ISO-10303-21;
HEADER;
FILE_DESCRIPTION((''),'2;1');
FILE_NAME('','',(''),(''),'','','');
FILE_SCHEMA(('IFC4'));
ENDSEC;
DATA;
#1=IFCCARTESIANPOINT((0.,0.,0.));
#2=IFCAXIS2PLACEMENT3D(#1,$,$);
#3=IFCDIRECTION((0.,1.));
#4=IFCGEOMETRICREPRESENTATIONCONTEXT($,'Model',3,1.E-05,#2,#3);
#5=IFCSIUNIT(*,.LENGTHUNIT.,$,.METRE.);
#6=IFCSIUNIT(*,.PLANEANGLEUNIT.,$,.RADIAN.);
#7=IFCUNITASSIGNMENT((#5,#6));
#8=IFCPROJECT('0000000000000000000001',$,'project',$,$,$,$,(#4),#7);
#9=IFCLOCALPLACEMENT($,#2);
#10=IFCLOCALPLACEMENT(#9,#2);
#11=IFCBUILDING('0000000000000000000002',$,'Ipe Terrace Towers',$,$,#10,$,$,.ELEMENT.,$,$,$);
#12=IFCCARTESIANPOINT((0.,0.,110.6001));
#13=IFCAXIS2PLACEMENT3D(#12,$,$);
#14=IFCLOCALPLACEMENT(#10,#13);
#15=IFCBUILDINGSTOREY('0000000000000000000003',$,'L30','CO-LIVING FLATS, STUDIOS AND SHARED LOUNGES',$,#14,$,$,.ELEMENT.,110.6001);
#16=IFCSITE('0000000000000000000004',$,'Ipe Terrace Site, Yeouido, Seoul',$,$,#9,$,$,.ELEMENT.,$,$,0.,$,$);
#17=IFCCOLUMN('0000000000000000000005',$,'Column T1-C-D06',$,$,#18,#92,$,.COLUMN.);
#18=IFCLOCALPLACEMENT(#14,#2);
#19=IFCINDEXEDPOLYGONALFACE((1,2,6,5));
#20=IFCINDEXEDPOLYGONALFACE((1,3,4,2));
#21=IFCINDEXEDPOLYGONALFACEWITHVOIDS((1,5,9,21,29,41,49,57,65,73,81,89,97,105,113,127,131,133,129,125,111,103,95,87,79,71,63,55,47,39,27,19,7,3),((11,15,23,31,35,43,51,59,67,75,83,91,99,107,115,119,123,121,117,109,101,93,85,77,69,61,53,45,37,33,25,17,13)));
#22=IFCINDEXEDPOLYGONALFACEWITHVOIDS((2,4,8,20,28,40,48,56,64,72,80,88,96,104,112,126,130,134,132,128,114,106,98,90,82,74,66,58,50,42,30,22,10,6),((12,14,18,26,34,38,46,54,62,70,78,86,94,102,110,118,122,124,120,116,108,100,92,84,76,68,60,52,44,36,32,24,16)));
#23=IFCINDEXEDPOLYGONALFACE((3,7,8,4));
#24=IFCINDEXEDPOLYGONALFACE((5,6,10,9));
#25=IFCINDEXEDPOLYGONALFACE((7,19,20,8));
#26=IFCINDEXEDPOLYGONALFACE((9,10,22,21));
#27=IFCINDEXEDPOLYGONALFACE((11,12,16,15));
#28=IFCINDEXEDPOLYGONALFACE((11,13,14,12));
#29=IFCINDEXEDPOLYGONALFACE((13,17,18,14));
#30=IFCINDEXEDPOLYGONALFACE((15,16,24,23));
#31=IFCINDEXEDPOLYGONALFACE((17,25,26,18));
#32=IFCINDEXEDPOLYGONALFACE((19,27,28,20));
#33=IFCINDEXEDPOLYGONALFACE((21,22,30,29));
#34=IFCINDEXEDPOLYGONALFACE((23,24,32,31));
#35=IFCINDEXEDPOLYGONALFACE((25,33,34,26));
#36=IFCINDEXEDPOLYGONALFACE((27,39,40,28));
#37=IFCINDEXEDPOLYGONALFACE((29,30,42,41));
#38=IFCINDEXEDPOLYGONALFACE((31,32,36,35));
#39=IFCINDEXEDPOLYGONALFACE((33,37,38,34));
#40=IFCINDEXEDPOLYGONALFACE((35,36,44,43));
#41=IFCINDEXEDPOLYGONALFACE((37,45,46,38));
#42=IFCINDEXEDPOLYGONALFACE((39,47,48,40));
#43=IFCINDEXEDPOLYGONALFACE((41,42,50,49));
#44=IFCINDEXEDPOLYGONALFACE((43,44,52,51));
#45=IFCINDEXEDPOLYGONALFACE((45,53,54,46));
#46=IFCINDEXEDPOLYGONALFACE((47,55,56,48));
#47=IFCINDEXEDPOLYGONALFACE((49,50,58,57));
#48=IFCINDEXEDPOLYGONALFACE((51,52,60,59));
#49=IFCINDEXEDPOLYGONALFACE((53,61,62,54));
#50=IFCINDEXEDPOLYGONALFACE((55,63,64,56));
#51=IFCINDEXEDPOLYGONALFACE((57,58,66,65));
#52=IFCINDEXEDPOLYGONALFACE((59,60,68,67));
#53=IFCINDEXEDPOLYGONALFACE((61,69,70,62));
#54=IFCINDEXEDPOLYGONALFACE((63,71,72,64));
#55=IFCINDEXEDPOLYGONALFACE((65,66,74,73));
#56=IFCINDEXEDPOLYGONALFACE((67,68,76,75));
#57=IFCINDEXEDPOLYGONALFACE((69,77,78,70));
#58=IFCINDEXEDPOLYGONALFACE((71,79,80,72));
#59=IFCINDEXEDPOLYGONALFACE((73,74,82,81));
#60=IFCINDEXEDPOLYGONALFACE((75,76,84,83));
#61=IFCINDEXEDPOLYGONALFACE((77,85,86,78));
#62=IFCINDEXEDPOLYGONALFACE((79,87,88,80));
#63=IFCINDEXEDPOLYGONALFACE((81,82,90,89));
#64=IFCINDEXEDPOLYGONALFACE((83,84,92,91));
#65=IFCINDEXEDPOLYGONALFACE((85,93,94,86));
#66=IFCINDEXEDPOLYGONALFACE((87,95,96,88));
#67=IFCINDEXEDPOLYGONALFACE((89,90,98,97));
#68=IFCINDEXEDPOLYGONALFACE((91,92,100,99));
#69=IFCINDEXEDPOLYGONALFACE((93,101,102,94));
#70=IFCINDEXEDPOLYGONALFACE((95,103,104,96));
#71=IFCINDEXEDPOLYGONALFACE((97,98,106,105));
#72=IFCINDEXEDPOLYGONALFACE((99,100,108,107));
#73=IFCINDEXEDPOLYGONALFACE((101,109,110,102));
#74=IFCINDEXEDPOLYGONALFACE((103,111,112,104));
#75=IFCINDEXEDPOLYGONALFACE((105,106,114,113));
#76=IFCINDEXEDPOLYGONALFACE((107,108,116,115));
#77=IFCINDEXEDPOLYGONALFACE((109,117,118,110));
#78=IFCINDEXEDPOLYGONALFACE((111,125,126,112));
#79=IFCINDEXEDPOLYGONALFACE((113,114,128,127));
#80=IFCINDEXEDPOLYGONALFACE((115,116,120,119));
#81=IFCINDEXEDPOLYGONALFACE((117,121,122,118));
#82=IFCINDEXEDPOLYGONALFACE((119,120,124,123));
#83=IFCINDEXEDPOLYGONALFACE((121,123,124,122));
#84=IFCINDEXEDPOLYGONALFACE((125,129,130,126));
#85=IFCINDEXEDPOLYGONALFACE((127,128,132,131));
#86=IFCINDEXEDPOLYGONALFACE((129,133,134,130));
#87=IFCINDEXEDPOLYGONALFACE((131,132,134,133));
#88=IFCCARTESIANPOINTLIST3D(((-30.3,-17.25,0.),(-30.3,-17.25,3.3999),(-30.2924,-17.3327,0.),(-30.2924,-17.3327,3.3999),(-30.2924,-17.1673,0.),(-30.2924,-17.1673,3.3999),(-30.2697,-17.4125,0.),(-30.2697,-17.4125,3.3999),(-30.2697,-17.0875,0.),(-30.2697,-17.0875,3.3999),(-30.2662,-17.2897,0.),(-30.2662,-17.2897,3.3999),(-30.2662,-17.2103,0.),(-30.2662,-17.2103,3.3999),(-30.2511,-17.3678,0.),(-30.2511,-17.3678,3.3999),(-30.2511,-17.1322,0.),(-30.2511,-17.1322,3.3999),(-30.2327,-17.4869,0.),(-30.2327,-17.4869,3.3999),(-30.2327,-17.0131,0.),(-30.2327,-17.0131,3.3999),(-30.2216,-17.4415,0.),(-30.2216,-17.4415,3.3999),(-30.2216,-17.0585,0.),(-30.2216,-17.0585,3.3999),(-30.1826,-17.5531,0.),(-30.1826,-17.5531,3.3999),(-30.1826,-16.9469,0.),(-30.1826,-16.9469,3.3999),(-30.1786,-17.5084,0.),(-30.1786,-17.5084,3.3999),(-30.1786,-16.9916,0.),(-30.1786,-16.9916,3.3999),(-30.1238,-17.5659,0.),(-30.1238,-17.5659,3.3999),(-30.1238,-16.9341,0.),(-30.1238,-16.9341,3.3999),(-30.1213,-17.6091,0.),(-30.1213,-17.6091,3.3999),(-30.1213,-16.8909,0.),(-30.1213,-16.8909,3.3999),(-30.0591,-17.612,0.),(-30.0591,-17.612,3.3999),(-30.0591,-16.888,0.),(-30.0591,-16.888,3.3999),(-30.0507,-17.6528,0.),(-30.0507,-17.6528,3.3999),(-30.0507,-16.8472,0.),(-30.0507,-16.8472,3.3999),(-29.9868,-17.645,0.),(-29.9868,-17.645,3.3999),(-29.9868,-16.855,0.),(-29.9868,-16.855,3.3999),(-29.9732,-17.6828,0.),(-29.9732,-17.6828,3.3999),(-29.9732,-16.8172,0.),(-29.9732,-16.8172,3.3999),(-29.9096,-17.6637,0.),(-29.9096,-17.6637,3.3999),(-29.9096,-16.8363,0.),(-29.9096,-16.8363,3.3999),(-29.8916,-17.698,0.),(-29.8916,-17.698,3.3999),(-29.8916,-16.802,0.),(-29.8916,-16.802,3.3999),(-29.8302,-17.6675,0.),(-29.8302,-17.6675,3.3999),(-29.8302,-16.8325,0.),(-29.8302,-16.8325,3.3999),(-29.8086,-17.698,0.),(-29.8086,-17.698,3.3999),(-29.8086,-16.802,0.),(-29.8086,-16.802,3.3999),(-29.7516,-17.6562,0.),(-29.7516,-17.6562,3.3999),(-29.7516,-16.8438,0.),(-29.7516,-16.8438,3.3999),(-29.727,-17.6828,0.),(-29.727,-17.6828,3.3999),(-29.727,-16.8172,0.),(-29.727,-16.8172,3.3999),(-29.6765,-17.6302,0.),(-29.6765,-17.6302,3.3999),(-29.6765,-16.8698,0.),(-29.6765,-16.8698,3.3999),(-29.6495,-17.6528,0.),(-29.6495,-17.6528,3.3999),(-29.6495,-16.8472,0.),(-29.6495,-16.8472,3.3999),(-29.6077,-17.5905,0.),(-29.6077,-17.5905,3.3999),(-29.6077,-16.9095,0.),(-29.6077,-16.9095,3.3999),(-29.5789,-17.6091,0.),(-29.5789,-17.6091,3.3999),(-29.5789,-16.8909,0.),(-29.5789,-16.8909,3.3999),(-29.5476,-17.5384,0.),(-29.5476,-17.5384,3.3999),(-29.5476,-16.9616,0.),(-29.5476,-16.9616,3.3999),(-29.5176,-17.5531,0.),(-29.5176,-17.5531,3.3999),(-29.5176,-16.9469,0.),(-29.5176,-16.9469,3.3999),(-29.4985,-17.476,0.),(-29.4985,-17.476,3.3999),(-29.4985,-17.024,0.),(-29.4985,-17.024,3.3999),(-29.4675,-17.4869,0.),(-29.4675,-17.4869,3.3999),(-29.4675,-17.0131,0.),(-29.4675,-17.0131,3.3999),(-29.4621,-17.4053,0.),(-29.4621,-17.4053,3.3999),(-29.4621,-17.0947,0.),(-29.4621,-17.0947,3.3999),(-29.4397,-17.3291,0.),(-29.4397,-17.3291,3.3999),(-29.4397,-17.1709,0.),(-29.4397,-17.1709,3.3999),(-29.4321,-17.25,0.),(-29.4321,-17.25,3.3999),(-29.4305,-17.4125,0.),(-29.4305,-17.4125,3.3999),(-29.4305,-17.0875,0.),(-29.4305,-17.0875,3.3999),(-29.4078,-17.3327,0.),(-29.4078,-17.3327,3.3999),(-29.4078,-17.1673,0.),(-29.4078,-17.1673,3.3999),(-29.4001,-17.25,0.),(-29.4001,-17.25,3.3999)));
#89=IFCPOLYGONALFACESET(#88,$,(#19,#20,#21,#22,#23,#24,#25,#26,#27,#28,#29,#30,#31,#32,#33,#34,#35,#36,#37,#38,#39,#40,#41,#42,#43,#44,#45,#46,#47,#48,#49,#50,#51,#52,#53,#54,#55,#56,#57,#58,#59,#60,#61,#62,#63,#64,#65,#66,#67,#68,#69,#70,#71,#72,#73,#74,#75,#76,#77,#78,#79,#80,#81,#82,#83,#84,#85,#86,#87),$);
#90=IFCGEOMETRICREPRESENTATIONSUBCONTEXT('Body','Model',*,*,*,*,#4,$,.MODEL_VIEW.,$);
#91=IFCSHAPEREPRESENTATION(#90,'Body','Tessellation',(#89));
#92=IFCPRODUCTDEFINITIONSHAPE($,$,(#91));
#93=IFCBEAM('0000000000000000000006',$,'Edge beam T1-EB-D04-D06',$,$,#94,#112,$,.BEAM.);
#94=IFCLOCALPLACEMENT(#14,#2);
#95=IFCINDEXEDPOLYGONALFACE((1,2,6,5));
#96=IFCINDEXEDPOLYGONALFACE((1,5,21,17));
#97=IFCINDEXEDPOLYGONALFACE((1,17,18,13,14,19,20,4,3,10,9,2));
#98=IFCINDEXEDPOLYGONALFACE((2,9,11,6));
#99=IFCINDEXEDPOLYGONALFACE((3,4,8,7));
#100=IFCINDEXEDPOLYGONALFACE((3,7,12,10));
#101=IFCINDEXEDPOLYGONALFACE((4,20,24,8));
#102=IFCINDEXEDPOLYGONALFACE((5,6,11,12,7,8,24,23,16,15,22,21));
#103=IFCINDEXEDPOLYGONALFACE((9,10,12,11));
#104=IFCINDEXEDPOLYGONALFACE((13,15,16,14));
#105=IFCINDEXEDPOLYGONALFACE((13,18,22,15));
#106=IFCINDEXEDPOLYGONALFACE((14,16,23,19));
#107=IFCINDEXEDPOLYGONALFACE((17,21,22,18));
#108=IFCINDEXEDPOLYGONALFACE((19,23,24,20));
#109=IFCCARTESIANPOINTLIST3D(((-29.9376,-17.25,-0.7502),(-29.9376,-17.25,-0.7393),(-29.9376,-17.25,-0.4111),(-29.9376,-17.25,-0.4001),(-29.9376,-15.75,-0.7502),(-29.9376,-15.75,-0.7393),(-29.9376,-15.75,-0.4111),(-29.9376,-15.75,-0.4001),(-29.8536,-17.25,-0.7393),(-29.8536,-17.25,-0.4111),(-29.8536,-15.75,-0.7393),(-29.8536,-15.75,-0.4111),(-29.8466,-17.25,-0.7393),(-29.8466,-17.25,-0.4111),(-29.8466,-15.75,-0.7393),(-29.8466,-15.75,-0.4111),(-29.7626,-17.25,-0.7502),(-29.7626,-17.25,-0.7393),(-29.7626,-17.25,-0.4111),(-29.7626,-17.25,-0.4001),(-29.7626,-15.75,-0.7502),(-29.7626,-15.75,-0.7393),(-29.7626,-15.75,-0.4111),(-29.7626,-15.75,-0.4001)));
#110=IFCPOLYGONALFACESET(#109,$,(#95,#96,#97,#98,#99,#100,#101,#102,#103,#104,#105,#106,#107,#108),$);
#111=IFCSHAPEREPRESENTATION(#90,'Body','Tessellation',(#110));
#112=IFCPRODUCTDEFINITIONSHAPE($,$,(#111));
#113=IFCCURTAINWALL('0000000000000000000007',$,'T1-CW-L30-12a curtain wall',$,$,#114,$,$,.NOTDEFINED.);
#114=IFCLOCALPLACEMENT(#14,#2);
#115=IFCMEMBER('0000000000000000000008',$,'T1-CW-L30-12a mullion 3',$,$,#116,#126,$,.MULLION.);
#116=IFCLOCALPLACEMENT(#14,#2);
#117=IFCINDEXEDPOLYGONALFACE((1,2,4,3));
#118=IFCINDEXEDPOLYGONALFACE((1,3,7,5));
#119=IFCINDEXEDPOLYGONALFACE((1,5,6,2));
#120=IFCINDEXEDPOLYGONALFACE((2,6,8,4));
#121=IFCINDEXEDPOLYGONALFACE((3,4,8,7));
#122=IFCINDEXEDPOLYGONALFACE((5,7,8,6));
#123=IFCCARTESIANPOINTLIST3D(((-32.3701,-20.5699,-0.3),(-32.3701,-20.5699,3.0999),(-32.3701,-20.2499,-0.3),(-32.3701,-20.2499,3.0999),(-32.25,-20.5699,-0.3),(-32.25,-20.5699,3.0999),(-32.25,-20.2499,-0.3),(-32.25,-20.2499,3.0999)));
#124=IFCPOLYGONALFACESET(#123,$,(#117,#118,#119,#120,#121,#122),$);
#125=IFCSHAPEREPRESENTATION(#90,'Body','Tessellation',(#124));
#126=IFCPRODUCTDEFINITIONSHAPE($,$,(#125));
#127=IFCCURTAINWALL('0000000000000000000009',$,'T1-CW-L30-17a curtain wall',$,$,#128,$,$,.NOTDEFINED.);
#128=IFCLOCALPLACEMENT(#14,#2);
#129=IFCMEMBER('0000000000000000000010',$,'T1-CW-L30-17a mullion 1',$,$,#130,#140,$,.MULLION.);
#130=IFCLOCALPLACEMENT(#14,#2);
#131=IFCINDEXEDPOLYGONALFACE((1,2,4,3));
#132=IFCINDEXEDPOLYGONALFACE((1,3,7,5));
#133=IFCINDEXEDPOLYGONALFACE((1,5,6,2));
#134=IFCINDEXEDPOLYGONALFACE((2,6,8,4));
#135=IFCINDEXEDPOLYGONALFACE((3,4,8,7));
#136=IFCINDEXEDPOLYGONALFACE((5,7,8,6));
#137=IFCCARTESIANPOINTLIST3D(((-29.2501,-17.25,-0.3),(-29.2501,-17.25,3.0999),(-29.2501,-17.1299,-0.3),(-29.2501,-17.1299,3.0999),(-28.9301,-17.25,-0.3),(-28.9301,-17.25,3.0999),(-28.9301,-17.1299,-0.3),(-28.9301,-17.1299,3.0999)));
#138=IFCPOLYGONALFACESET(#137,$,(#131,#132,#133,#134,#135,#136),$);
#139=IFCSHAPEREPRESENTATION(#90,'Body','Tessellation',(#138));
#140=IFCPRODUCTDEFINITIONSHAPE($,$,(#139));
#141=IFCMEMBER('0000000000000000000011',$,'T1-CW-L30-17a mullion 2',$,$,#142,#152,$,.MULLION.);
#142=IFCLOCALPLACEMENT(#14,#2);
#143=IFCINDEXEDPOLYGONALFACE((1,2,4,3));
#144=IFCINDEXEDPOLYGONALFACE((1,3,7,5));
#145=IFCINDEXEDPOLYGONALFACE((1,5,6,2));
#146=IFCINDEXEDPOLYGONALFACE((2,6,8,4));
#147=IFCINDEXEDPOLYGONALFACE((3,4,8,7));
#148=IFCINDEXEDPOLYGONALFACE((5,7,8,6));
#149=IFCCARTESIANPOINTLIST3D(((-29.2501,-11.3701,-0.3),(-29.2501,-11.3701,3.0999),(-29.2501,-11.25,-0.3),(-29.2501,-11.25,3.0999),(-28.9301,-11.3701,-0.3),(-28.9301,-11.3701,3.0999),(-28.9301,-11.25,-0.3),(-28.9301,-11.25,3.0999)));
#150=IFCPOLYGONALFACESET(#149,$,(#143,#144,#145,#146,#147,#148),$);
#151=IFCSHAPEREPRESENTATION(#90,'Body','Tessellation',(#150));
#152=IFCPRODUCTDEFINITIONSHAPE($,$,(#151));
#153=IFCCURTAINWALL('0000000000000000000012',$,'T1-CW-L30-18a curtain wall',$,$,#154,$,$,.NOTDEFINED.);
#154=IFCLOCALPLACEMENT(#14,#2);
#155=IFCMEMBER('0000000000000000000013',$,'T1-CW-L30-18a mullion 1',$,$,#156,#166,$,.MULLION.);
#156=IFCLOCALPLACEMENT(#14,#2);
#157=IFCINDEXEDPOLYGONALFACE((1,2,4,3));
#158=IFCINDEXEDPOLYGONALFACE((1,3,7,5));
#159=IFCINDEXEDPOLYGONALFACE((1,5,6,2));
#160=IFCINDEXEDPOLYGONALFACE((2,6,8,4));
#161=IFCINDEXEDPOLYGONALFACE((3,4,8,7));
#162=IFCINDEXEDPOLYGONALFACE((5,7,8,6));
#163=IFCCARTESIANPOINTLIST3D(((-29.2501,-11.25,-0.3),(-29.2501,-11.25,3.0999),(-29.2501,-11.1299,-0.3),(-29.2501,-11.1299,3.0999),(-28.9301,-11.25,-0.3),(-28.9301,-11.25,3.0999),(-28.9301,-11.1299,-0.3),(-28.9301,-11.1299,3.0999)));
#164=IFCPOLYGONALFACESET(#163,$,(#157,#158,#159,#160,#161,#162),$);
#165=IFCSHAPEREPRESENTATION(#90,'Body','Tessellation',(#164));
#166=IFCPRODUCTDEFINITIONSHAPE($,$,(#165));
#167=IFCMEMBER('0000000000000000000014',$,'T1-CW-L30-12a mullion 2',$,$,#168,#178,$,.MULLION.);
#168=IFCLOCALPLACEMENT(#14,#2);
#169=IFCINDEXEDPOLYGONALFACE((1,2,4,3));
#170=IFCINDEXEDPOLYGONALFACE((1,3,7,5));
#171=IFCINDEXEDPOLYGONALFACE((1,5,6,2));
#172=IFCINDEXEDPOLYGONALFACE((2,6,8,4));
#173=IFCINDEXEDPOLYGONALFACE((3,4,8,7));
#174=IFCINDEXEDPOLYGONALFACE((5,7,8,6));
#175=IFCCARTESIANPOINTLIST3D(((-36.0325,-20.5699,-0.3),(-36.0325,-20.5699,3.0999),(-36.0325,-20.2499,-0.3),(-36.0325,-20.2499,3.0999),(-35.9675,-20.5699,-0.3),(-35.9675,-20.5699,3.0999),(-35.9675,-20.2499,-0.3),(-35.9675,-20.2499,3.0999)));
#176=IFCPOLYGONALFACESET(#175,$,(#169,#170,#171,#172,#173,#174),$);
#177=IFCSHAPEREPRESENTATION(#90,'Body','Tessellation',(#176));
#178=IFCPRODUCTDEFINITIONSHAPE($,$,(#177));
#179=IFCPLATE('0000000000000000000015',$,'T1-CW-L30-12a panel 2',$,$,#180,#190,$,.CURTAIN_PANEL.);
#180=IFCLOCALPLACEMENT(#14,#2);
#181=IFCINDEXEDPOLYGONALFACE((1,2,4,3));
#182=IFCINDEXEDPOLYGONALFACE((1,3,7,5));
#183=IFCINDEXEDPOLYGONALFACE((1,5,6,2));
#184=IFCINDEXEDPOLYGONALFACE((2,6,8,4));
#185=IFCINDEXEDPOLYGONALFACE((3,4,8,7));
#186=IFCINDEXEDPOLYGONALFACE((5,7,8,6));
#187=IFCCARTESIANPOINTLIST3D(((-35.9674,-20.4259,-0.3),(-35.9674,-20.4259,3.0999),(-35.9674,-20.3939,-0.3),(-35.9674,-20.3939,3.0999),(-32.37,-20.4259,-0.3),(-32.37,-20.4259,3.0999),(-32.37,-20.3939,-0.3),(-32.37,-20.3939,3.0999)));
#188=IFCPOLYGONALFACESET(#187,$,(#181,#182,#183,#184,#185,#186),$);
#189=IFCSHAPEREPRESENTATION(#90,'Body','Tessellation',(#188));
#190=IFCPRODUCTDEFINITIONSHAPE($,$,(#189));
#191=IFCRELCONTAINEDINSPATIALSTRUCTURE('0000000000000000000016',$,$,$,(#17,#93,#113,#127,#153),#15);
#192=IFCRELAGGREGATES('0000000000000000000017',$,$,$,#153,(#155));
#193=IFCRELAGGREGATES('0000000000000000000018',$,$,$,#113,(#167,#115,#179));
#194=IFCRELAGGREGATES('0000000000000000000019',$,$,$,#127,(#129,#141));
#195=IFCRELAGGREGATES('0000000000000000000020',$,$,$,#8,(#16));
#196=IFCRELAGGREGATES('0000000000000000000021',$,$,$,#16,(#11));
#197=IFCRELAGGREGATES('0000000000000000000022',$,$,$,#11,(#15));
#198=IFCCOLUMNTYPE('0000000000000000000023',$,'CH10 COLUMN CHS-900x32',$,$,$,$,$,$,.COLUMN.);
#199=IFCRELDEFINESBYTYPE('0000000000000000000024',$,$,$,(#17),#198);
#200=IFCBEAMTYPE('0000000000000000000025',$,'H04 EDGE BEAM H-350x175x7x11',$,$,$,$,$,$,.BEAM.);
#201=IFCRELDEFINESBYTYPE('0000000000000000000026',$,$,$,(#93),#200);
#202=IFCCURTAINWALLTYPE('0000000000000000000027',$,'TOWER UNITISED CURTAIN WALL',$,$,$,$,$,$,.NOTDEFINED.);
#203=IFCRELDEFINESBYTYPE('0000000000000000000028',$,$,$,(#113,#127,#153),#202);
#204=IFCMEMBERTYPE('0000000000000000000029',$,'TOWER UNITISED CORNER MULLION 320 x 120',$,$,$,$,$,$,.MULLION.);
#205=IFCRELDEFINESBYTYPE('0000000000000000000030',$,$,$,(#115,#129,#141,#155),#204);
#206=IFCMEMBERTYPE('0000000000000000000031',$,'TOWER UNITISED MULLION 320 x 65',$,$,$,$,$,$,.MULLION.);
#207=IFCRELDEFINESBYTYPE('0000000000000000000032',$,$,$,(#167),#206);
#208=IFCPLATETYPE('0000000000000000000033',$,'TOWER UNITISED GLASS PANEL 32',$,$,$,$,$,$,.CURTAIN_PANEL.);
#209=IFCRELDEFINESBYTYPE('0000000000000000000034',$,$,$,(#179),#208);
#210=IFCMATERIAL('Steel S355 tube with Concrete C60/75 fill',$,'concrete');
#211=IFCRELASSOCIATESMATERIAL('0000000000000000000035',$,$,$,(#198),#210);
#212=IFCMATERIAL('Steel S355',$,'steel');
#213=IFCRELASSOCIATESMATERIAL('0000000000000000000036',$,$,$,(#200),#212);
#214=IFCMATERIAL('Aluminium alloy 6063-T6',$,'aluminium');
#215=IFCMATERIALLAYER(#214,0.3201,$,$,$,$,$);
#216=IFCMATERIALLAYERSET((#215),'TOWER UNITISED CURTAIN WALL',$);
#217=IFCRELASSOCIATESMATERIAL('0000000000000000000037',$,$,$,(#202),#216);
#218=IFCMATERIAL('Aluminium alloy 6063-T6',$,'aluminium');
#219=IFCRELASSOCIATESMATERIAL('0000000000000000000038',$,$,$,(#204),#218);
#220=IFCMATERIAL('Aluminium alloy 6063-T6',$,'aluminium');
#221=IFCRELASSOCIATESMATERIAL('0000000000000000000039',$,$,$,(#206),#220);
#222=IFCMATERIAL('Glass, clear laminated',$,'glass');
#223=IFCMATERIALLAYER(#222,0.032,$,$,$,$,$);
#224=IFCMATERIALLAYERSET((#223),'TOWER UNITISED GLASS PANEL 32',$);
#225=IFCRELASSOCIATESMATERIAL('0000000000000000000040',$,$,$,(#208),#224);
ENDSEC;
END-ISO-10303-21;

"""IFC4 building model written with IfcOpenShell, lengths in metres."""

from ifc_helpers import new_model, si_unit, direction, frame, origin, origin_2d, place, context, subcontext, project, spatial, rectangle, hollow_circle, i_section, extrude, material, layer, layer_set, material_profile, profile_set, type_object, element, aggregate, save


model = new_model("IFC4")

# Units and contexts
model_context = context("Model", 3, precision=1e-05, world=origin(), true_north=direction((0.0, 1.0)))
body_context = subcontext(model_context, "Body", "Model", "MODEL_VIEW")
ifc_project = project(units=[si_unit("LENGTHUNIT", "METRE"), si_unit("PLANEANGLEUNIT", "RADIAN")], contexts=[model_context])

# Site, building, storey
site_placement = place(None, origin())
site = spatial("IfcSite", under=ifc_project, at=site_placement, Name="Ipe Terrace Site, Yeouido, Seoul", CompositionType="ELEMENT", RefElevation=0.0)
building_placement = place(site_placement, origin())
building = spatial("IfcBuilding", under=site, at=building_placement, Name="Ipe Terrace Towers", CompositionType="ELEMENT")
storey_placement = place(building_placement, frame((0.0, 0.0, 110.6001)))
storey = spatial("IfcBuildingStorey", under=building, at=storey_placement, Name="L30", Description="CO-LIVING FLATS, STUDIOS AND SHARED LOUNGES", CompositionType="ELEMENT", Elevation=110.6001)

# Column
ifc_material_1 = material(Name="Steel S355 tube with Concrete C60/75 fill", Category="concrete")
ifc_material_profile_1 = material_profile(ifc_material_1, hollow_circle(Radius=0.45, WallThickness=0.032, at=origin_2d()), Name="CHS-900x32")
ifc_profile_set_1 = profile_set([ifc_material_profile_1], Name="Steel S355 tube with Concrete C60/75 fill")
column_type_1 = type_object("IfcColumnType", Name="CH10 COLUMN CHS-900x32", PredefinedType="COLUMN", material=ifc_profile_set_1)
for number, where, z_axis, x_axis, name in (
    (1, (-29.8501, -17.25, 0.0), (0.0, 0.0, 1.0), (1.0, 0.0, 0.0), "Column T1-C-D06"),
):
    element("IfcColumn", number, at=place(storey_placement, frame(where, z_axis=z_axis, x_axis=x_axis)), inside=storey, type_object=column_type_1, Name=name, PredefinedType="COLUMN", context=body_context, shape_type="SweptSolid", body=[
        extrude(hollow_circle(Radius=0.45, WallThickness=0.032, at=origin_2d()), origin(), (0.0, 0.0, 1.0), 3.3999),
    ])

# Beam
ifc_material_2 = material(Name="Steel S355", Category="steel")
ifc_material_profile_2 = material_profile(ifc_material_2, i_section(OverallWidth=0.175, OverallDepth=0.3501, WebThickness=0.0071, FlangeThickness=0.011, at=origin_2d()), Name="H-350x175x7x11")
ifc_profile_set_2 = profile_set([ifc_material_profile_2], Name="Steel S355")
beam_type = type_object("IfcBeamType", Name="H04 EDGE BEAM H-350x175x7x11", PredefinedType="BEAM", material=ifc_profile_set_2)
beam_placement = place(storey_placement, frame((-29.8501, -15.75, -0.5752), z_axis=(0.0, -1.0, 0.0), x_axis=(1.0, 0.0, 0.0)))
element("IfcBeam", 2, at=beam_placement, inside=storey, type_object=beam_type, Name="Edge beam T1-EB-D04-D06", PredefinedType="BEAM", context=body_context, shape_type="SweptSolid", body=[
    extrude(i_section(OverallWidth=0.175, OverallDepth=0.3501, WebThickness=0.0071, FlangeThickness=0.011, at=origin_2d()), origin(), (0.0, 0.0, 1.0), 1.5),
])

# Curtain wall, member
ifc_material_3 = material(Name="Aluminium alloy 6063-T6", Category="aluminium")
ifc_layer_1 = layer(ifc_material_3, 0.3201)
ifc_layer_set_1 = layer_set([ifc_layer_1], Name="TOWER UNITISED CURTAIN WALL")
curtain_wall_type = type_object("IfcCurtainWallType", Name="TOWER UNITISED CURTAIN WALL", PredefinedType="NOTDEFINED", material=ifc_layer_set_1)
curtain_wall_1_placement = place(storey_placement, origin())
curtain_wall_1 = element("IfcCurtainWall", 3, at=curtain_wall_1_placement, inside=storey, type_object=curtain_wall_type, Name="T1-CW-L30-12a curtain wall", PredefinedType="NOTDEFINED")
ifc_material_4 = material(Name="Aluminium alloy 6063-T6", Category="aluminium")
ifc_material_profile_3 = material_profile(ifc_material_4, rectangle(XDim=0.3201, YDim=0.1201, at=origin_2d()), Name="TOWER UNITISED CORNER MULLION 320 x 120")
ifc_profile_set_3 = profile_set([ifc_material_profile_3], Name="Aluminium alloy 6063-T6")
member_type_1 = type_object("IfcMemberType", Name="TOWER UNITISED CORNER MULLION 320 x 120", PredefinedType="MULLION", material=ifc_profile_set_3)
member_1_placement = place(storey_placement, frame((-32.3101, -20.4099, -0.3), z_axis=(0.0, 0.0, 1.0), x_axis=(0.0, -1.0, 0.0)))
member_1 = element("IfcMember", 4, at=member_1_placement, type_object=member_type_1, Name="T1-CW-L30-12a mullion 3", PredefinedType="MULLION", context=body_context, shape_type="SweptSolid", body=[
    extrude(rectangle(XDim=0.3201, YDim=0.1201, at=origin_2d()), origin(), (0.0, 0.0, 1.0), 3.3999),
])

# Curtain wall, members
curtain_wall_2_placement = place(storey_placement, origin())
curtain_wall_2 = element("IfcCurtainWall", 5, at=curtain_wall_2_placement, inside=storey, type_object=curtain_wall_type, Name="T1-CW-L30-17a curtain wall", PredefinedType="NOTDEFINED")
member_2_placement = place(storey_placement, frame((-29.0901, -17.1899, -0.3), z_axis=(0.0, 0.0, 1.0), x_axis=(1.0, 0.0, 0.0)))
member_2 = element("IfcMember", 6, at=member_2_placement, type_object=member_type_1, Name="T1-CW-L30-17a mullion 1", PredefinedType="MULLION", context=body_context, shape_type="SweptSolid", body=[
    extrude(rectangle(XDim=0.3201, YDim=0.1201, at=origin_2d()), origin(), (0.0, 0.0, 1.0), 3.3999),
])
member_3_placement = place(storey_placement, frame((-29.0901, -11.3101, -0.3), z_axis=(0.0, 0.0, 1.0), x_axis=(1.0, 0.0, 0.0)))
member_3 = element("IfcMember", 7, at=member_3_placement, type_object=member_type_1, Name="T1-CW-L30-17a mullion 2", PredefinedType="MULLION", context=body_context, shape_type="SweptSolid", body=[
    extrude(rectangle(XDim=0.3201, YDim=0.1201, at=origin_2d()), origin(), (0.0, 0.0, 1.0), 3.3999),
])

# Curtain wall, member
curtain_wall_3_placement = place(storey_placement, origin())
curtain_wall_3 = element("IfcCurtainWall", 8, at=curtain_wall_3_placement, inside=storey, type_object=curtain_wall_type, Name="T1-CW-L30-18a curtain wall", PredefinedType="NOTDEFINED")
member_4_placement = place(storey_placement, frame((-29.0901, -11.1899, -0.3), z_axis=(0.0, 0.0, 1.0), x_axis=(1.0, 0.0, 0.0)))
member_4 = element("IfcMember", 9, at=member_4_placement, type_object=member_type_1, Name="T1-CW-L30-18a mullion 1", PredefinedType="MULLION", context=body_context, shape_type="SweptSolid", body=[
    extrude(rectangle(XDim=0.3201, YDim=0.1201, at=origin_2d()), origin(), (0.0, 0.0, 1.0), 3.3999),
])
aggregate(curtain_wall_3, [member_4])

# Member
ifc_material_5 = material(Name="Aluminium alloy 6063-T6", Category="aluminium")
ifc_material_profile_4 = material_profile(ifc_material_5, rectangle(XDim=0.3201, YDim=0.0649, at=origin_2d()), Name="TOWER UNITISED MULLION 320 x 65")
ifc_profile_set_4 = profile_set([ifc_material_profile_4], Name="Aluminium alloy 6063-T6")
member_type_2 = type_object("IfcMemberType", Name="TOWER UNITISED MULLION 320 x 65", PredefinedType="MULLION", material=ifc_profile_set_4)
member_5_placement = place(storey_placement, frame((-36.0, -20.4099, -0.3), z_axis=(0.0, 0.0, 1.0), x_axis=(0.0, -1.0, 0.0)))
member_5 = element("IfcMember", 10, at=member_5_placement, type_object=member_type_2, Name="T1-CW-L30-12a mullion 2", PredefinedType="MULLION", context=body_context, shape_type="SweptSolid", body=[
    extrude(rectangle(XDim=0.3201, YDim=0.0649, at=origin_2d()), origin(), (0.0, 0.0, 1.0), 3.3999),
])

# Plate
ifc_material_6 = material(Name="Glass, clear laminated", Category="glass")
ifc_layer_2 = layer(ifc_material_6, 0.032)
ifc_layer_set_2 = layer_set([ifc_layer_2], Name="TOWER UNITISED GLASS PANEL 32")
plate_type = type_object("IfcPlateType", Name="TOWER UNITISED GLASS PANEL 32", PredefinedType="CURTAIN_PANEL", material=ifc_layer_set_2)
plate_1_placement = place(storey_placement, frame((-34.1687, -20.4099, -0.3), z_axis=(0.0, 0.0, 1.0), x_axis=(1.0, 0.0, 0.0)))
plate_1 = element("IfcPlate", 11, at=plate_1_placement, type_object=plate_type, Name="T1-CW-L30-12a panel 2", PredefinedType="CURTAIN_PANEL", context=body_context, shape_type="SweptSolid", body=[
    extrude(rectangle(XDim=3.5974, YDim=0.032, at=origin_2d()), origin(), (0.0, 0.0, 1.0), 3.3999),
])
aggregate(curtain_wall_1, [member_5, member_1, plate_1])
aggregate(curtain_wall_2, [member_2, member_3])

save(model, "model.ifc")
